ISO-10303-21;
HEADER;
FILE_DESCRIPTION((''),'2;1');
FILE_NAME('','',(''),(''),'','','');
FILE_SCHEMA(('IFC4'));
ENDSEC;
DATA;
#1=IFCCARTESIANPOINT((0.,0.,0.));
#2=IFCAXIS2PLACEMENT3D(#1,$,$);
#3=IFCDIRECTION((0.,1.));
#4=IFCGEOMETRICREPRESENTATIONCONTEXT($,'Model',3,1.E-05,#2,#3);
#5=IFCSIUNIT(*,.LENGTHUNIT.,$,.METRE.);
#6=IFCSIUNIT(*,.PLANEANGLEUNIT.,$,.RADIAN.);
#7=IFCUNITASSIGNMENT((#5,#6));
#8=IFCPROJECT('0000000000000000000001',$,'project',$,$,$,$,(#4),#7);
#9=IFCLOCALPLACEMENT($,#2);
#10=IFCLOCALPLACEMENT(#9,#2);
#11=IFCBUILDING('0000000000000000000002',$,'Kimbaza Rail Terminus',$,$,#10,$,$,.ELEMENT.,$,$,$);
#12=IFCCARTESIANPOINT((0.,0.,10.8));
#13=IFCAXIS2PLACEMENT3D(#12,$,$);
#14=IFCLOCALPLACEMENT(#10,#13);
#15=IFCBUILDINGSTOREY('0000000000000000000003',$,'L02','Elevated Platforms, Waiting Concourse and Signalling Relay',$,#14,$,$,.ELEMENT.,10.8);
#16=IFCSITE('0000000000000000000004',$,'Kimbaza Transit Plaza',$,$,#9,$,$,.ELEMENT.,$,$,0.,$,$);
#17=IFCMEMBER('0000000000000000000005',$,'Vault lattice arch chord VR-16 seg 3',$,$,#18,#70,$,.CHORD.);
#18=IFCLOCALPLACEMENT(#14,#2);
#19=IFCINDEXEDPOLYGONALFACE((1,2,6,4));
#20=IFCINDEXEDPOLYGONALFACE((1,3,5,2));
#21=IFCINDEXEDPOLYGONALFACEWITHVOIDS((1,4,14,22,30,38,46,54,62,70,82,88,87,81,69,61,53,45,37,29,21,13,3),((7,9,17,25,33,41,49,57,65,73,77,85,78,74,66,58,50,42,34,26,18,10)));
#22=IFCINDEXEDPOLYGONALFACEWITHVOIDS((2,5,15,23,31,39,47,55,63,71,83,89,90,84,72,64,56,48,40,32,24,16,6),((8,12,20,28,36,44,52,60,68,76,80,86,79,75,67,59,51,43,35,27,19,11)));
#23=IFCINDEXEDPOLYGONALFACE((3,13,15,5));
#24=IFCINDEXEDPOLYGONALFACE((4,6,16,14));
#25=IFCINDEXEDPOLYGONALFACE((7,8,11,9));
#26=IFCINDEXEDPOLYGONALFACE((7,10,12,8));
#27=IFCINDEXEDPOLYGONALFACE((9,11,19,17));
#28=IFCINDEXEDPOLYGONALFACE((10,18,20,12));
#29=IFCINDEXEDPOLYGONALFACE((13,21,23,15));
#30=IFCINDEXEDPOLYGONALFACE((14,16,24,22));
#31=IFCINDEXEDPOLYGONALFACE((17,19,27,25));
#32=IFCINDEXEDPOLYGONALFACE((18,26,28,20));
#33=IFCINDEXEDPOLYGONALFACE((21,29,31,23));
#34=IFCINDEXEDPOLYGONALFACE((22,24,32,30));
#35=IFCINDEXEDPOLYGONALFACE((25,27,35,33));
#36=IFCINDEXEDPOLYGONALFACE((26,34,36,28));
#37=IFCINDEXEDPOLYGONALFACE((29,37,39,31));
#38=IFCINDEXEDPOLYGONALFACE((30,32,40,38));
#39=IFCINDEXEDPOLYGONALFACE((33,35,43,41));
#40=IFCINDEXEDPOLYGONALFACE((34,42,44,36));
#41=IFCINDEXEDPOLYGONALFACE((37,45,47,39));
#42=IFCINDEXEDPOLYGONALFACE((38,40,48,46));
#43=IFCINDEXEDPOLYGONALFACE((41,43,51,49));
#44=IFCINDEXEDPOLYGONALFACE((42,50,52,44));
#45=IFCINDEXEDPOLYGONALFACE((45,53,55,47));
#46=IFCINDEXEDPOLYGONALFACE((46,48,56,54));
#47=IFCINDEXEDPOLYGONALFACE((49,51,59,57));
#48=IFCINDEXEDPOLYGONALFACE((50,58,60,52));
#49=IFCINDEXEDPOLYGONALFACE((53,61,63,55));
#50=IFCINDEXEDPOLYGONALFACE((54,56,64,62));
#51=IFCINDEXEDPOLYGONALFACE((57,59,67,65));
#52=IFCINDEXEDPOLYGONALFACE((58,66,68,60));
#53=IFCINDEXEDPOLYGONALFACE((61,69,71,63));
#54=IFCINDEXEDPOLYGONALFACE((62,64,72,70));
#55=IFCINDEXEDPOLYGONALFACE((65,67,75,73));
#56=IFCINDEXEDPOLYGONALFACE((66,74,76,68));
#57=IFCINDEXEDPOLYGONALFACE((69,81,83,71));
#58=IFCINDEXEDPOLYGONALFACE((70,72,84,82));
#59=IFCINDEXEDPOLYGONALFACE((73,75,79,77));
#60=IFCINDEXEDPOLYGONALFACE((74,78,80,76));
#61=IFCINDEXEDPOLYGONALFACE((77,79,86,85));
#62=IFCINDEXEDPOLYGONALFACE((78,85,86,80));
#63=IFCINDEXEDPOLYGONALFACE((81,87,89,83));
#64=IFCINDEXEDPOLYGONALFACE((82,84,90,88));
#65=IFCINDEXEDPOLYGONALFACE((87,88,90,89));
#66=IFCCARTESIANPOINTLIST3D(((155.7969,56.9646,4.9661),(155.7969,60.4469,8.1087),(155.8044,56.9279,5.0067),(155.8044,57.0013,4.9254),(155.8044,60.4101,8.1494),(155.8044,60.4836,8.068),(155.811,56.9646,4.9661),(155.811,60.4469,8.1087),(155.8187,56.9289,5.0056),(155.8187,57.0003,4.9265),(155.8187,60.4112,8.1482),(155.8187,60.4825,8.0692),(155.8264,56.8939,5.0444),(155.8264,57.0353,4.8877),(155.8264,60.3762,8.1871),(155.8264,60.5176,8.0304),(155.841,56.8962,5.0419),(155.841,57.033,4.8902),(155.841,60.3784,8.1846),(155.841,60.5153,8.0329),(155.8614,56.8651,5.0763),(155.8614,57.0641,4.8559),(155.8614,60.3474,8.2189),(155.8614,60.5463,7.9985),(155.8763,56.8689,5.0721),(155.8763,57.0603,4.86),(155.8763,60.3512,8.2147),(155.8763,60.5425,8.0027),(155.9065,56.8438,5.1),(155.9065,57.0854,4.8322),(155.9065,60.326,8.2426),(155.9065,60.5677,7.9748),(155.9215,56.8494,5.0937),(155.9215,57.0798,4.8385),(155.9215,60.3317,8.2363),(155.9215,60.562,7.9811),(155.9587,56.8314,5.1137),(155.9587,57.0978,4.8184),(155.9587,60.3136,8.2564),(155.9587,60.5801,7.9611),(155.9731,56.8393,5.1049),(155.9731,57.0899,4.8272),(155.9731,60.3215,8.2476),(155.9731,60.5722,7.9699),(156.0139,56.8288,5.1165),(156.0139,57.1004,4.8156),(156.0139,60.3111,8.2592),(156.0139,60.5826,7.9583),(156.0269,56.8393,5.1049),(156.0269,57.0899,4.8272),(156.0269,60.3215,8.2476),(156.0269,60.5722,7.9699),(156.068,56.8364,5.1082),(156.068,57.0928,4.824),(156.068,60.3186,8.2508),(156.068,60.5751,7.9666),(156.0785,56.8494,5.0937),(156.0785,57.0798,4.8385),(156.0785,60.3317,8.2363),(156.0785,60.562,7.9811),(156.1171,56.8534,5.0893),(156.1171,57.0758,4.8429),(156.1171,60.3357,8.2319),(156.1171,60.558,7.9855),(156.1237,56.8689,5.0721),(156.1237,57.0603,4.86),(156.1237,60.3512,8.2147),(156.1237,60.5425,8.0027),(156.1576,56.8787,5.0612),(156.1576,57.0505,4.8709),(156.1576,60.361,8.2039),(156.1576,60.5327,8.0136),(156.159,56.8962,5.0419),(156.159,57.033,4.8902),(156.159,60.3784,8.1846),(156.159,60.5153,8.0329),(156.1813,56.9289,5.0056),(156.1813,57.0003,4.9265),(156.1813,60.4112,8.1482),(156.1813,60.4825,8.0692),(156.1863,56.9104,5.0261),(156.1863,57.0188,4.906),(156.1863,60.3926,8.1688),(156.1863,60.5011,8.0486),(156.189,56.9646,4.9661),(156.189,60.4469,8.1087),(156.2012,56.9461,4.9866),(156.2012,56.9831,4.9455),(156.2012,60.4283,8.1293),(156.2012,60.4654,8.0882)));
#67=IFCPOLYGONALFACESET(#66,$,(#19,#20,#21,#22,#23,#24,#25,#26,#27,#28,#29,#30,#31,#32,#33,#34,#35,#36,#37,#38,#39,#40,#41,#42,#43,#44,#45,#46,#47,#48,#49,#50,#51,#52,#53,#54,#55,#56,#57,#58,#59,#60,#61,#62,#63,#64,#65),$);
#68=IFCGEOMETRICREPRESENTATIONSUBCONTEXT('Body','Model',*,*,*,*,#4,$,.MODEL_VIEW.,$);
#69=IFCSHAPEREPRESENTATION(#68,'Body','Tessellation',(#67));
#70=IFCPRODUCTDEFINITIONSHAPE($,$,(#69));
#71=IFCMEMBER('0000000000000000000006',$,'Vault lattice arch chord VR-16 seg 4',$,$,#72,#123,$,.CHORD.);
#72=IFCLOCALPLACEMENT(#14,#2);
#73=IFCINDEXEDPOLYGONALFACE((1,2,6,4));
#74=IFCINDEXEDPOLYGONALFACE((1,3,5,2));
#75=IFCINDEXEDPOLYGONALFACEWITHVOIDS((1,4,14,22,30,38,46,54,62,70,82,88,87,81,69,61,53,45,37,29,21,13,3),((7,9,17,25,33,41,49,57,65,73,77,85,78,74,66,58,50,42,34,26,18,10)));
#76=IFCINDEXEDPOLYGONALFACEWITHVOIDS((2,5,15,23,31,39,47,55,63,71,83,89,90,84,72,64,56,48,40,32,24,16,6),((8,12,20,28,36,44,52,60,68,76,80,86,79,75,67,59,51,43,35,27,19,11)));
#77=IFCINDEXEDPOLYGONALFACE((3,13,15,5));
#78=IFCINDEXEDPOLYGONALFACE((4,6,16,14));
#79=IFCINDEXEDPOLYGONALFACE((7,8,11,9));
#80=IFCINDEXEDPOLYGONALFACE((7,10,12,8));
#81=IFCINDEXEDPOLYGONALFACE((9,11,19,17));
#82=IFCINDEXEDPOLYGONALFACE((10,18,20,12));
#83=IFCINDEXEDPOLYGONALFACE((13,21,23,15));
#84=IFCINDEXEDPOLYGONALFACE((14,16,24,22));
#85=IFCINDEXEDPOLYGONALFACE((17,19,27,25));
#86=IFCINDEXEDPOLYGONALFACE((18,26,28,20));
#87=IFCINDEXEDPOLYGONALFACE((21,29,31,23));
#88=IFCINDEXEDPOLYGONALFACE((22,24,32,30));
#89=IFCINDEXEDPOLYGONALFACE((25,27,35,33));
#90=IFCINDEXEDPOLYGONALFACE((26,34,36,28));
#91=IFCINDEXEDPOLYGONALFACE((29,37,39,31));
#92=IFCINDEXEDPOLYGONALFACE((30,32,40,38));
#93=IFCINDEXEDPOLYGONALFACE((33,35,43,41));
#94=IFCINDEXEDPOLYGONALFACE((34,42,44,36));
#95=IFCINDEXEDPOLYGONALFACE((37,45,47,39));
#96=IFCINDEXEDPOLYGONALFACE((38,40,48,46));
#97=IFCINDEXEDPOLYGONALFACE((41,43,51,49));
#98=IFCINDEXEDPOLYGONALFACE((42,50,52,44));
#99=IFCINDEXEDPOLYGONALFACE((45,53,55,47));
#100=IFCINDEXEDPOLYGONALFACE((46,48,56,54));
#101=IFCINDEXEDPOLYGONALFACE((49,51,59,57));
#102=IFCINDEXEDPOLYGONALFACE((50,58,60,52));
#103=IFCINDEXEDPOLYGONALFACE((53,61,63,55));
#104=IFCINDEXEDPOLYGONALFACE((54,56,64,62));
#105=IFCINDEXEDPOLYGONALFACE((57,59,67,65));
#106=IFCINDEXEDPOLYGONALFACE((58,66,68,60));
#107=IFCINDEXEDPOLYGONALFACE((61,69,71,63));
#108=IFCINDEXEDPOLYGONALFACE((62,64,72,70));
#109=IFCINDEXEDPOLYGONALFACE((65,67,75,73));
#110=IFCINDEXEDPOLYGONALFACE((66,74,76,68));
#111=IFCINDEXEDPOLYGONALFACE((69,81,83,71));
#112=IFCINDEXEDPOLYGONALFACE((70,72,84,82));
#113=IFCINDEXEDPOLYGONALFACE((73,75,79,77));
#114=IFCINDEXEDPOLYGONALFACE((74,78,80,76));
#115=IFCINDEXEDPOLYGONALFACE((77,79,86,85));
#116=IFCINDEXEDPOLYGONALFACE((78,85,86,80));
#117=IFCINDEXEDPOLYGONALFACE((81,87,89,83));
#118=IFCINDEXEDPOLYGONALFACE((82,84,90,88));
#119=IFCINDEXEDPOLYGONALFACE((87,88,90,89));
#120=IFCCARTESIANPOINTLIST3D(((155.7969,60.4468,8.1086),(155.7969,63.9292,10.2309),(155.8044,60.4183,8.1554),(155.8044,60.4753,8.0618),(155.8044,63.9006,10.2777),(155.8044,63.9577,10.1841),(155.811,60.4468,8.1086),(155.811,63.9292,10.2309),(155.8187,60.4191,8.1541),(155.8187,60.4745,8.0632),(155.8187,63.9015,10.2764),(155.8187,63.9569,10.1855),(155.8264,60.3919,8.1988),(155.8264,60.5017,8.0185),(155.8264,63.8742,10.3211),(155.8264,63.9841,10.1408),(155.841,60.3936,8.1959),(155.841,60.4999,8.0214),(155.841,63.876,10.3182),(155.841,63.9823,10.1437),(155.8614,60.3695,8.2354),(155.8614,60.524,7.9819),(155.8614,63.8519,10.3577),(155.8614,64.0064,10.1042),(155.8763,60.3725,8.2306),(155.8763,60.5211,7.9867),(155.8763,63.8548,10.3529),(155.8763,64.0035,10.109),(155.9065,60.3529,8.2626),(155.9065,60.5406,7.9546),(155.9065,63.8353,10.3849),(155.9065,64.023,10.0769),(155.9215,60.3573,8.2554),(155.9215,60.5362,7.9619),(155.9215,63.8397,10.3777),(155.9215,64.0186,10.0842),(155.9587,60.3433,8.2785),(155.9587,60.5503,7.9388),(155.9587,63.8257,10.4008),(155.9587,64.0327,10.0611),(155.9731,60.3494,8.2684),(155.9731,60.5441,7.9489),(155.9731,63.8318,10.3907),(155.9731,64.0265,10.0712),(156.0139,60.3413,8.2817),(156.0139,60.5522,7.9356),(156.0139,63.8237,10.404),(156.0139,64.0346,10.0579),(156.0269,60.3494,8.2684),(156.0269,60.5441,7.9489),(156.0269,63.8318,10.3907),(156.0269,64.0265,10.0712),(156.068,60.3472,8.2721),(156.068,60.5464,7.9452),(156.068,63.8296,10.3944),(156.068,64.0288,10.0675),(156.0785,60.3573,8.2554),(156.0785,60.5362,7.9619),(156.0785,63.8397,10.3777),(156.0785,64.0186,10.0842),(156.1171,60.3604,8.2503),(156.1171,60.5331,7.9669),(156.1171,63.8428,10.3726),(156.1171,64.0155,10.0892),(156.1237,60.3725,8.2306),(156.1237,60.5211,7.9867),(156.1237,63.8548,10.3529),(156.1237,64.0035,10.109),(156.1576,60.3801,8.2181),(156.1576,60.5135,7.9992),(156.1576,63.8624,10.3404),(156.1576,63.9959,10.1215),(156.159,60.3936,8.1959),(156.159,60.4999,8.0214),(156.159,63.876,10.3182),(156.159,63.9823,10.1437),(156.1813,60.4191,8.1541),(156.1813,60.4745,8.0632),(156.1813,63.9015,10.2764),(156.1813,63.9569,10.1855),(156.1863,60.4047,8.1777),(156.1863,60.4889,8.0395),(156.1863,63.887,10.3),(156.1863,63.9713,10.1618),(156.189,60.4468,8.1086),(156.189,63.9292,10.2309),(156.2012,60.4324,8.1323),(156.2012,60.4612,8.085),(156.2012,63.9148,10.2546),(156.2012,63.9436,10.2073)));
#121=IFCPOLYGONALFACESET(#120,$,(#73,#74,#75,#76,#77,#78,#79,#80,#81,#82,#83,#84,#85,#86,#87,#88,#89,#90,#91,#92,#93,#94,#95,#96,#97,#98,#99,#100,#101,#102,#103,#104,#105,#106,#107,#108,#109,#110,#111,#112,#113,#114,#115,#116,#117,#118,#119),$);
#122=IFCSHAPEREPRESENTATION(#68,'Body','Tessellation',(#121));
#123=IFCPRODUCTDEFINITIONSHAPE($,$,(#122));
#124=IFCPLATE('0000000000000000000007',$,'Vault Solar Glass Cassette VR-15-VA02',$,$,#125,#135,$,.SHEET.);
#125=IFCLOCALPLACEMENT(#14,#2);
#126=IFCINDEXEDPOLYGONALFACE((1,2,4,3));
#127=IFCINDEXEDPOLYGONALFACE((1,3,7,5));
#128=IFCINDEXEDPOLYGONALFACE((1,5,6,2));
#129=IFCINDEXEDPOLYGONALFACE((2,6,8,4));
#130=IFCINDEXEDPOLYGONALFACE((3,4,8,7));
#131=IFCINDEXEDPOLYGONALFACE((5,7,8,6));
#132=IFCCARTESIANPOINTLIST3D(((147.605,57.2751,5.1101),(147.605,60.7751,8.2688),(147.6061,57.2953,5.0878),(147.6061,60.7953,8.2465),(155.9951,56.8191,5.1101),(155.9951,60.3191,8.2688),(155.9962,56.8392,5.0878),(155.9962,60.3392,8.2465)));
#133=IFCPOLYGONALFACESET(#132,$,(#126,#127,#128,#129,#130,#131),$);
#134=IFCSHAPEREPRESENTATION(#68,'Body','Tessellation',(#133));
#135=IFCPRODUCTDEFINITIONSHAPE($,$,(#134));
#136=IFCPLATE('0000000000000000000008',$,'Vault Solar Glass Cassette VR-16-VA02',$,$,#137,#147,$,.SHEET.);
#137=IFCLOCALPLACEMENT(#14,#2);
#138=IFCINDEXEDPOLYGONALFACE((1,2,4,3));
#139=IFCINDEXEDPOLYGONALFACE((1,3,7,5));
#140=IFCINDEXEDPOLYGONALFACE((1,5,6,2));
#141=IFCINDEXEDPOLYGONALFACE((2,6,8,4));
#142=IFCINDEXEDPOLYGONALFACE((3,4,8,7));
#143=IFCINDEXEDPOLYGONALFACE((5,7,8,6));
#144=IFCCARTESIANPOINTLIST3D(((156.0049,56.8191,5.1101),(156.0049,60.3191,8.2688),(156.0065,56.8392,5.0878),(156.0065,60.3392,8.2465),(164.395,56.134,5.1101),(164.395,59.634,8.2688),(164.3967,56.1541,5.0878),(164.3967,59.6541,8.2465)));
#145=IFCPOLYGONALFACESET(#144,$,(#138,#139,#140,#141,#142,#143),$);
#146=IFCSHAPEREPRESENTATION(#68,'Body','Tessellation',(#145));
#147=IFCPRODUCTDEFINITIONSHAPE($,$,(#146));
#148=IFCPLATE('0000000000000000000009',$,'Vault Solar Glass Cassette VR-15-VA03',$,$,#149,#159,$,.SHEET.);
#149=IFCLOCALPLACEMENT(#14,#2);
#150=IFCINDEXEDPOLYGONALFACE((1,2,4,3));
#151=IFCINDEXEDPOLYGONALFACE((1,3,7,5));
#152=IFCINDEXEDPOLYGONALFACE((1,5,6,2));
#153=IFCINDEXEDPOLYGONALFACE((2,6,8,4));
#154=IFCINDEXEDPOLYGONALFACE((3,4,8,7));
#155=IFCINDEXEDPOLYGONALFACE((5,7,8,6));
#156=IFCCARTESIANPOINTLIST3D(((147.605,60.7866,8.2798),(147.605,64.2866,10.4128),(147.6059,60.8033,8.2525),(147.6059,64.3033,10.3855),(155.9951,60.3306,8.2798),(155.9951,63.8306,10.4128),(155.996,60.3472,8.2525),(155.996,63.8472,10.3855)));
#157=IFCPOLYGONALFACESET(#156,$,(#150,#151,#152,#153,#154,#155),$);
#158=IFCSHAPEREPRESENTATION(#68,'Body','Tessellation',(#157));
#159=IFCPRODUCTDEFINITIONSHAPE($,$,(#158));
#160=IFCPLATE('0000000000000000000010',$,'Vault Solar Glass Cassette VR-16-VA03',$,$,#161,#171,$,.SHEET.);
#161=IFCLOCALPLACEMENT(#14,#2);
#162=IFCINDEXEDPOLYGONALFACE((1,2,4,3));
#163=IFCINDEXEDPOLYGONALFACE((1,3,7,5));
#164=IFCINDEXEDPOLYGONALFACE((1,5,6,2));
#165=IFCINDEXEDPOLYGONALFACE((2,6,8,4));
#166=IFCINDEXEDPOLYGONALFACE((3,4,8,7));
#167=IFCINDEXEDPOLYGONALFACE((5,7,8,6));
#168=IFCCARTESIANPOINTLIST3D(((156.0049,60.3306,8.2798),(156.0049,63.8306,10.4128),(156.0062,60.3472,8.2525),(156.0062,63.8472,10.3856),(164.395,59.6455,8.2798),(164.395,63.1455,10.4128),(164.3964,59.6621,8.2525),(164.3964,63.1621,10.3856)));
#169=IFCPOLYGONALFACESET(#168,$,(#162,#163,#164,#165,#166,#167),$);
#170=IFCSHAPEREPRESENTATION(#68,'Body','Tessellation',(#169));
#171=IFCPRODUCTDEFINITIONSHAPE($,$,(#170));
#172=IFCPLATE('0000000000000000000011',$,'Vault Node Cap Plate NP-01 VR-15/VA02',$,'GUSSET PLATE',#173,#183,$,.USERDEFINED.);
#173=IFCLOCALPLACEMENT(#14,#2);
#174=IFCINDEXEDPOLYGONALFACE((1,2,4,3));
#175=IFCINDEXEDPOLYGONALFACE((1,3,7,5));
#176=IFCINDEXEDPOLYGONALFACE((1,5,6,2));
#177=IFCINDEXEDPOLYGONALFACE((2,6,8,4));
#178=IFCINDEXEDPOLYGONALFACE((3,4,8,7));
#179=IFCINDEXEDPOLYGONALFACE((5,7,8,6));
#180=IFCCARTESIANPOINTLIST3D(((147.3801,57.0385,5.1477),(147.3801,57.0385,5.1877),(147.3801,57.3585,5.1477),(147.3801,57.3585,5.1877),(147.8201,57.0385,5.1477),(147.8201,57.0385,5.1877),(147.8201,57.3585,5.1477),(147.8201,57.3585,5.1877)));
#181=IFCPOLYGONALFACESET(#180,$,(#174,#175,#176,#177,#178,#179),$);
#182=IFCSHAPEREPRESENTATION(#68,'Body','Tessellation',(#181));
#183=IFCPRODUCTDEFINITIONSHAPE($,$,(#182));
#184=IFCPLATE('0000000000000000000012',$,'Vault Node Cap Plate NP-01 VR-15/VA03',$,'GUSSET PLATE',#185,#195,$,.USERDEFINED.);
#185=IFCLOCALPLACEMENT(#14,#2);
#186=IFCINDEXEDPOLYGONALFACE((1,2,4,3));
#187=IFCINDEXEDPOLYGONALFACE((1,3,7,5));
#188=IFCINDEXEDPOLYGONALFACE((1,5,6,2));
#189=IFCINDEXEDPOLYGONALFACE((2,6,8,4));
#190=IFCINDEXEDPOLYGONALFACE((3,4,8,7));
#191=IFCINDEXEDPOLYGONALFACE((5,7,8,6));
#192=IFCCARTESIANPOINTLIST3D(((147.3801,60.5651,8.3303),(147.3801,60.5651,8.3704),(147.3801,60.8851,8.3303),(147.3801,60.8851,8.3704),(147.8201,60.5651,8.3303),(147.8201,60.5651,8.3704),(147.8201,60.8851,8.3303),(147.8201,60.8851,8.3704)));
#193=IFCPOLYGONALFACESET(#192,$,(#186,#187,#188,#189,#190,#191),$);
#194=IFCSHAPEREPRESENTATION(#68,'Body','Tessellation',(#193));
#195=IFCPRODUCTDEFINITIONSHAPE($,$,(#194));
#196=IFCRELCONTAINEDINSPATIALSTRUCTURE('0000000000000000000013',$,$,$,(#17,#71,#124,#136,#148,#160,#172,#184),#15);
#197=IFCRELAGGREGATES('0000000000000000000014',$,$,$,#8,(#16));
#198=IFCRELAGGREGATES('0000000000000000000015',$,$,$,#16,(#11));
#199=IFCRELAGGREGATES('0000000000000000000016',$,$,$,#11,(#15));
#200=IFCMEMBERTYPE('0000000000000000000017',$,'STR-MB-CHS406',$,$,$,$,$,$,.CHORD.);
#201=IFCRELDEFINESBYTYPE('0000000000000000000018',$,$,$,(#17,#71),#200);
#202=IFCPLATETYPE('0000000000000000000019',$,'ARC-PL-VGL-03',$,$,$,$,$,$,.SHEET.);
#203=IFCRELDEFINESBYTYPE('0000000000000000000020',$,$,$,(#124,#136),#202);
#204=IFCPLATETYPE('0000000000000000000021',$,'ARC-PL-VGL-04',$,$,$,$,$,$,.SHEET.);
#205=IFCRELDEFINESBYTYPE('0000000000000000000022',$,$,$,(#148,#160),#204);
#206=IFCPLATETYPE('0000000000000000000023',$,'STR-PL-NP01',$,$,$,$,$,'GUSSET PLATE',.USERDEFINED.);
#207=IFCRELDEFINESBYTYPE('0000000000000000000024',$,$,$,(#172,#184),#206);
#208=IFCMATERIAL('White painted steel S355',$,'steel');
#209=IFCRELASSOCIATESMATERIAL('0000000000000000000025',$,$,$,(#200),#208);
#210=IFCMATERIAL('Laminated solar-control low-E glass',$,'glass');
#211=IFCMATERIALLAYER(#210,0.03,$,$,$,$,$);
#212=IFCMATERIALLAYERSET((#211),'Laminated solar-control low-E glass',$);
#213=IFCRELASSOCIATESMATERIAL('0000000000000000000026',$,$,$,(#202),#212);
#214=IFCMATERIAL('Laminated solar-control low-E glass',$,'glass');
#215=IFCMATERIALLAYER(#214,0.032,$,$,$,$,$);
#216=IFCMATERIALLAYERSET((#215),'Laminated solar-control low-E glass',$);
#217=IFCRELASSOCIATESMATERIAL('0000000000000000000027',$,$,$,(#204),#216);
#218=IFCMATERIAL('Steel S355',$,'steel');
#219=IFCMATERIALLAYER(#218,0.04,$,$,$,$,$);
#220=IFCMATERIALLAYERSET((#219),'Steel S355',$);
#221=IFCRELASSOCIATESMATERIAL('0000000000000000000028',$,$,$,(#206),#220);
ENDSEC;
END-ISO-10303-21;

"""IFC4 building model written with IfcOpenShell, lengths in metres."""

from ifc_helpers import new_model, si_unit, direction, frame, origin, origin_2d, place, context, subcontext, project, spatial, polyline, rectangle, hollow_circle, outline, extrude, material, layer, layer_set, material_profile, profile_set, type_object, element, save


model = new_model("IFC4")

# Units and contexts
model_context = context("Model", 3, precision=1e-05, world=origin(), true_north=direction((0.0, 1.0)))
body_context = subcontext(model_context, "Body", "Model", "MODEL_VIEW")
ifc_project = project(units=[si_unit("LENGTHUNIT", "METRE"), si_unit("PLANEANGLEUNIT", "RADIAN")], contexts=[model_context])

# Site, building, storey
site_placement = place(None, origin())
site = spatial("IfcSite", under=ifc_project, at=site_placement, Name="Kimbaza Transit Plaza", CompositionType="ELEMENT", RefElevation=0.0)
building_placement = place(site_placement, origin())
building = spatial("IfcBuilding", under=site, at=building_placement, Name="Kimbaza Rail Terminus", CompositionType="ELEMENT")
storey_placement = place(building_placement, frame((0.0, 0.0, 10.8)))
storey = spatial("IfcBuildingStorey", under=building, at=storey_placement, Name="L02", Description="Elevated Platforms, Waiting Concourse and Signalling Relay", CompositionType="ELEMENT", Elevation=10.8)

# Members
ifc_material_1 = material(Name="White painted steel S355", Category="steel")
ifc_material_profile_1 = material_profile(ifc_material_1, hollow_circle(Radius=0.2031, WallThickness=0.0142, at=origin_2d()), Name="CHS 406.4x14.2")
ifc_profile_set_1 = profile_set([ifc_material_profile_1], Name="White painted steel S355")
member_type_1 = type_object("IfcMemberType", Name="STR-MB-CHS406", PredefinedType="CHORD", material=ifc_profile_set_1)
member_1_placement = place(storey_placement, frame((156.0, 56.9646, 4.9661), z_axis=(0.0, 0.74238, 0.669979), x_axis=(-1.0, 0.0, 0.0)))
element("IfcMember", 1, at=member_1_placement, inside=storey, type_object=member_type_1, Name="Vault lattice arch chord VR-16 seg 3", PredefinedType="CHORD", context=body_context, shape_type="SweptSolid", body=[
    extrude(hollow_circle(Radius=0.2031, WallThickness=0.0142, at=origin_2d()), origin(), (0.0, 0.0, 1.0), 4.6907),
])
member_2_placement = place(storey_placement, frame((156.0, 60.4468, 8.1086), z_axis=(0.0, 0.853918, 0.520408), x_axis=(-1.0, 0.0, 0.0)))
element("IfcMember", 2, at=member_2_placement, inside=storey, type_object=member_type_1, Name="Vault lattice arch chord VR-16 seg 4", PredefinedType="CHORD", context=body_context, shape_type="SweptSolid", body=[
    extrude(hollow_circle(Radius=0.2031, WallThickness=0.0142, at=origin_2d()), origin(), (0.0, 0.0, 1.0), 4.0781),
])

# Plates
ifc_material_2 = material(Name="Laminated solar-control low-E glass", Category="glass")
ifc_layer_1 = layer(ifc_material_2, 0.03)
ifc_layer_set_1 = layer_set([ifc_layer_1], Name="Laminated solar-control low-E glass")
plate_type_1 = type_object("IfcPlateType", Name="ARC-PL-VGL-03", PredefinedType="SHEET", material=ifc_layer_set_1)
plate_1_placement = place(storey_placement, frame((147.605, 57.2751, 5.1101), z_axis=(-0.036393, -0.669539, 0.741885), x_axis=(0.998526, -0.054276, 0.0)))
element("IfcPlate", 3, at=plate_1_placement, inside=storey, type_object=plate_type_1, Name="Vault Solar Glass Cassette VR-15-VA02", PredefinedType="SHEET", context=body_context, shape_type="SweptSolid", body=[
    extrude(outline(polyline([(0.0, 0.0), (8.4025, 0.0), (8.2126, 4.7108), (-0.19, 4.7108), (0.0, 0.0)])), origin(), (0.0, 0.0, -1.0), 0.03),
])
plate_2_placement = place(storey_placement, frame((156.0049, 56.8191, 5.1101), z_axis=(-0.054623, -0.668982, 0.741268), x_axis=(0.996683, -0.08138, 0.0)))
element("IfcPlate", 4, at=plate_2_placement, inside=storey, type_object=plate_type_1, Name="Vault Solar Glass Cassette VR-16-VA02", PredefinedType="SHEET", context=body_context, shape_type="SweptSolid", body=[
    extrude(outline(polyline([(0.0, 0.0), (8.4181, 0.0), (8.1332, 4.706), (-0.2848, 4.706), (0.0, 0.0)])), origin(), (0.0, 0.0, -1.0), 0.03),
])
ifc_material_3 = material(Name="Laminated solar-control low-E glass", Category="glass")
ifc_layer_2 = layer(ifc_material_3, 0.032)
ifc_layer_set_2 = layer_set([ifc_layer_2], Name="Laminated solar-control low-E glass")
plate_type_2 = type_object("IfcPlateType", Name="ARC-PL-VGL-04", PredefinedType="SHEET", material=ifc_layer_set_2)
plate_3_placement = place(storey_placement, frame((147.605, 60.7866, 8.2798), z_axis=(-0.028276, -0.520206, 0.853573), x_axis=(0.998526, -0.054276, 0.0)))
element("IfcPlate", 5, at=plate_3_placement, inside=storey, type_object=plate_type_2, Name="Vault Solar Glass Cassette VR-15-VA03", PredefinedType="SHEET", context=body_context, shape_type="SweptSolid", body=[
    extrude(outline(polyline([(0.0, 0.0), (8.4025, 0.0), (8.2126, 4.0944), (-0.19, 4.0944), (0.0, 0.0)])), origin(), (0.0, 0.0, -1.0), 0.032),
])
plate_4_placement = place(storey_placement, frame((156.0049, 60.3306, 8.2798), z_axis=(-0.042454, -0.519944, 0.853144), x_axis=(0.996683, -0.08138, 0.0)))
element("IfcPlate", 6, at=plate_4_placement, inside=storey, type_object=plate_type_2, Name="Vault Solar Glass Cassette VR-16-VA03", PredefinedType="SHEET", context=body_context, shape_type="SweptSolid", body=[
    extrude(outline(polyline([(0.0, 0.0), (8.4181, 0.0), (8.1332, 4.0889), (-0.2848, 4.0889), (0.0, 0.0)])), origin(), (0.0, 0.0, -1.0), 0.032),
])
ifc_material_4 = material(Name="Steel S355", Category="steel")
ifc_layer_3 = layer(ifc_material_4, 0.04)
ifc_layer_set_3 = layer_set([ifc_layer_3], Name="Steel S355")
plate_type_3 = type_object("IfcPlateType", Name="STR-PL-NP01", ElementType="GUSSET PLATE", PredefinedType="USERDEFINED", material=ifc_layer_set_3)
for number, where, z_axis, x_axis, name in (
    (7, (147.6001, 57.1985, 5.1477), (0.0, 0.0, 1.0), (1.0, 0.0, 0.0), "Vault Node Cap Plate NP-01 VR-15/VA02"),
    (8, (147.6001, 60.7251, 8.3303), (0.0, 0.0, 1.0), (1.0, 0.0, 0.0), "Vault Node Cap Plate NP-01 VR-15/VA03"),
):
    element("IfcPlate", number, at=place(storey_placement, frame(where, z_axis=z_axis, x_axis=x_axis)), inside=storey, type_object=plate_type_3, Name=name, ObjectType="GUSSET PLATE", PredefinedType="USERDEFINED", context=body_context, shape_type="SweptSolid", body=[
        extrude(rectangle(XDim=0.4399, YDim=0.3201, at=origin_2d()), origin(), (0.0, 0.0, 1.0), 0.04),
    ])

save(model, "model.ifc")
